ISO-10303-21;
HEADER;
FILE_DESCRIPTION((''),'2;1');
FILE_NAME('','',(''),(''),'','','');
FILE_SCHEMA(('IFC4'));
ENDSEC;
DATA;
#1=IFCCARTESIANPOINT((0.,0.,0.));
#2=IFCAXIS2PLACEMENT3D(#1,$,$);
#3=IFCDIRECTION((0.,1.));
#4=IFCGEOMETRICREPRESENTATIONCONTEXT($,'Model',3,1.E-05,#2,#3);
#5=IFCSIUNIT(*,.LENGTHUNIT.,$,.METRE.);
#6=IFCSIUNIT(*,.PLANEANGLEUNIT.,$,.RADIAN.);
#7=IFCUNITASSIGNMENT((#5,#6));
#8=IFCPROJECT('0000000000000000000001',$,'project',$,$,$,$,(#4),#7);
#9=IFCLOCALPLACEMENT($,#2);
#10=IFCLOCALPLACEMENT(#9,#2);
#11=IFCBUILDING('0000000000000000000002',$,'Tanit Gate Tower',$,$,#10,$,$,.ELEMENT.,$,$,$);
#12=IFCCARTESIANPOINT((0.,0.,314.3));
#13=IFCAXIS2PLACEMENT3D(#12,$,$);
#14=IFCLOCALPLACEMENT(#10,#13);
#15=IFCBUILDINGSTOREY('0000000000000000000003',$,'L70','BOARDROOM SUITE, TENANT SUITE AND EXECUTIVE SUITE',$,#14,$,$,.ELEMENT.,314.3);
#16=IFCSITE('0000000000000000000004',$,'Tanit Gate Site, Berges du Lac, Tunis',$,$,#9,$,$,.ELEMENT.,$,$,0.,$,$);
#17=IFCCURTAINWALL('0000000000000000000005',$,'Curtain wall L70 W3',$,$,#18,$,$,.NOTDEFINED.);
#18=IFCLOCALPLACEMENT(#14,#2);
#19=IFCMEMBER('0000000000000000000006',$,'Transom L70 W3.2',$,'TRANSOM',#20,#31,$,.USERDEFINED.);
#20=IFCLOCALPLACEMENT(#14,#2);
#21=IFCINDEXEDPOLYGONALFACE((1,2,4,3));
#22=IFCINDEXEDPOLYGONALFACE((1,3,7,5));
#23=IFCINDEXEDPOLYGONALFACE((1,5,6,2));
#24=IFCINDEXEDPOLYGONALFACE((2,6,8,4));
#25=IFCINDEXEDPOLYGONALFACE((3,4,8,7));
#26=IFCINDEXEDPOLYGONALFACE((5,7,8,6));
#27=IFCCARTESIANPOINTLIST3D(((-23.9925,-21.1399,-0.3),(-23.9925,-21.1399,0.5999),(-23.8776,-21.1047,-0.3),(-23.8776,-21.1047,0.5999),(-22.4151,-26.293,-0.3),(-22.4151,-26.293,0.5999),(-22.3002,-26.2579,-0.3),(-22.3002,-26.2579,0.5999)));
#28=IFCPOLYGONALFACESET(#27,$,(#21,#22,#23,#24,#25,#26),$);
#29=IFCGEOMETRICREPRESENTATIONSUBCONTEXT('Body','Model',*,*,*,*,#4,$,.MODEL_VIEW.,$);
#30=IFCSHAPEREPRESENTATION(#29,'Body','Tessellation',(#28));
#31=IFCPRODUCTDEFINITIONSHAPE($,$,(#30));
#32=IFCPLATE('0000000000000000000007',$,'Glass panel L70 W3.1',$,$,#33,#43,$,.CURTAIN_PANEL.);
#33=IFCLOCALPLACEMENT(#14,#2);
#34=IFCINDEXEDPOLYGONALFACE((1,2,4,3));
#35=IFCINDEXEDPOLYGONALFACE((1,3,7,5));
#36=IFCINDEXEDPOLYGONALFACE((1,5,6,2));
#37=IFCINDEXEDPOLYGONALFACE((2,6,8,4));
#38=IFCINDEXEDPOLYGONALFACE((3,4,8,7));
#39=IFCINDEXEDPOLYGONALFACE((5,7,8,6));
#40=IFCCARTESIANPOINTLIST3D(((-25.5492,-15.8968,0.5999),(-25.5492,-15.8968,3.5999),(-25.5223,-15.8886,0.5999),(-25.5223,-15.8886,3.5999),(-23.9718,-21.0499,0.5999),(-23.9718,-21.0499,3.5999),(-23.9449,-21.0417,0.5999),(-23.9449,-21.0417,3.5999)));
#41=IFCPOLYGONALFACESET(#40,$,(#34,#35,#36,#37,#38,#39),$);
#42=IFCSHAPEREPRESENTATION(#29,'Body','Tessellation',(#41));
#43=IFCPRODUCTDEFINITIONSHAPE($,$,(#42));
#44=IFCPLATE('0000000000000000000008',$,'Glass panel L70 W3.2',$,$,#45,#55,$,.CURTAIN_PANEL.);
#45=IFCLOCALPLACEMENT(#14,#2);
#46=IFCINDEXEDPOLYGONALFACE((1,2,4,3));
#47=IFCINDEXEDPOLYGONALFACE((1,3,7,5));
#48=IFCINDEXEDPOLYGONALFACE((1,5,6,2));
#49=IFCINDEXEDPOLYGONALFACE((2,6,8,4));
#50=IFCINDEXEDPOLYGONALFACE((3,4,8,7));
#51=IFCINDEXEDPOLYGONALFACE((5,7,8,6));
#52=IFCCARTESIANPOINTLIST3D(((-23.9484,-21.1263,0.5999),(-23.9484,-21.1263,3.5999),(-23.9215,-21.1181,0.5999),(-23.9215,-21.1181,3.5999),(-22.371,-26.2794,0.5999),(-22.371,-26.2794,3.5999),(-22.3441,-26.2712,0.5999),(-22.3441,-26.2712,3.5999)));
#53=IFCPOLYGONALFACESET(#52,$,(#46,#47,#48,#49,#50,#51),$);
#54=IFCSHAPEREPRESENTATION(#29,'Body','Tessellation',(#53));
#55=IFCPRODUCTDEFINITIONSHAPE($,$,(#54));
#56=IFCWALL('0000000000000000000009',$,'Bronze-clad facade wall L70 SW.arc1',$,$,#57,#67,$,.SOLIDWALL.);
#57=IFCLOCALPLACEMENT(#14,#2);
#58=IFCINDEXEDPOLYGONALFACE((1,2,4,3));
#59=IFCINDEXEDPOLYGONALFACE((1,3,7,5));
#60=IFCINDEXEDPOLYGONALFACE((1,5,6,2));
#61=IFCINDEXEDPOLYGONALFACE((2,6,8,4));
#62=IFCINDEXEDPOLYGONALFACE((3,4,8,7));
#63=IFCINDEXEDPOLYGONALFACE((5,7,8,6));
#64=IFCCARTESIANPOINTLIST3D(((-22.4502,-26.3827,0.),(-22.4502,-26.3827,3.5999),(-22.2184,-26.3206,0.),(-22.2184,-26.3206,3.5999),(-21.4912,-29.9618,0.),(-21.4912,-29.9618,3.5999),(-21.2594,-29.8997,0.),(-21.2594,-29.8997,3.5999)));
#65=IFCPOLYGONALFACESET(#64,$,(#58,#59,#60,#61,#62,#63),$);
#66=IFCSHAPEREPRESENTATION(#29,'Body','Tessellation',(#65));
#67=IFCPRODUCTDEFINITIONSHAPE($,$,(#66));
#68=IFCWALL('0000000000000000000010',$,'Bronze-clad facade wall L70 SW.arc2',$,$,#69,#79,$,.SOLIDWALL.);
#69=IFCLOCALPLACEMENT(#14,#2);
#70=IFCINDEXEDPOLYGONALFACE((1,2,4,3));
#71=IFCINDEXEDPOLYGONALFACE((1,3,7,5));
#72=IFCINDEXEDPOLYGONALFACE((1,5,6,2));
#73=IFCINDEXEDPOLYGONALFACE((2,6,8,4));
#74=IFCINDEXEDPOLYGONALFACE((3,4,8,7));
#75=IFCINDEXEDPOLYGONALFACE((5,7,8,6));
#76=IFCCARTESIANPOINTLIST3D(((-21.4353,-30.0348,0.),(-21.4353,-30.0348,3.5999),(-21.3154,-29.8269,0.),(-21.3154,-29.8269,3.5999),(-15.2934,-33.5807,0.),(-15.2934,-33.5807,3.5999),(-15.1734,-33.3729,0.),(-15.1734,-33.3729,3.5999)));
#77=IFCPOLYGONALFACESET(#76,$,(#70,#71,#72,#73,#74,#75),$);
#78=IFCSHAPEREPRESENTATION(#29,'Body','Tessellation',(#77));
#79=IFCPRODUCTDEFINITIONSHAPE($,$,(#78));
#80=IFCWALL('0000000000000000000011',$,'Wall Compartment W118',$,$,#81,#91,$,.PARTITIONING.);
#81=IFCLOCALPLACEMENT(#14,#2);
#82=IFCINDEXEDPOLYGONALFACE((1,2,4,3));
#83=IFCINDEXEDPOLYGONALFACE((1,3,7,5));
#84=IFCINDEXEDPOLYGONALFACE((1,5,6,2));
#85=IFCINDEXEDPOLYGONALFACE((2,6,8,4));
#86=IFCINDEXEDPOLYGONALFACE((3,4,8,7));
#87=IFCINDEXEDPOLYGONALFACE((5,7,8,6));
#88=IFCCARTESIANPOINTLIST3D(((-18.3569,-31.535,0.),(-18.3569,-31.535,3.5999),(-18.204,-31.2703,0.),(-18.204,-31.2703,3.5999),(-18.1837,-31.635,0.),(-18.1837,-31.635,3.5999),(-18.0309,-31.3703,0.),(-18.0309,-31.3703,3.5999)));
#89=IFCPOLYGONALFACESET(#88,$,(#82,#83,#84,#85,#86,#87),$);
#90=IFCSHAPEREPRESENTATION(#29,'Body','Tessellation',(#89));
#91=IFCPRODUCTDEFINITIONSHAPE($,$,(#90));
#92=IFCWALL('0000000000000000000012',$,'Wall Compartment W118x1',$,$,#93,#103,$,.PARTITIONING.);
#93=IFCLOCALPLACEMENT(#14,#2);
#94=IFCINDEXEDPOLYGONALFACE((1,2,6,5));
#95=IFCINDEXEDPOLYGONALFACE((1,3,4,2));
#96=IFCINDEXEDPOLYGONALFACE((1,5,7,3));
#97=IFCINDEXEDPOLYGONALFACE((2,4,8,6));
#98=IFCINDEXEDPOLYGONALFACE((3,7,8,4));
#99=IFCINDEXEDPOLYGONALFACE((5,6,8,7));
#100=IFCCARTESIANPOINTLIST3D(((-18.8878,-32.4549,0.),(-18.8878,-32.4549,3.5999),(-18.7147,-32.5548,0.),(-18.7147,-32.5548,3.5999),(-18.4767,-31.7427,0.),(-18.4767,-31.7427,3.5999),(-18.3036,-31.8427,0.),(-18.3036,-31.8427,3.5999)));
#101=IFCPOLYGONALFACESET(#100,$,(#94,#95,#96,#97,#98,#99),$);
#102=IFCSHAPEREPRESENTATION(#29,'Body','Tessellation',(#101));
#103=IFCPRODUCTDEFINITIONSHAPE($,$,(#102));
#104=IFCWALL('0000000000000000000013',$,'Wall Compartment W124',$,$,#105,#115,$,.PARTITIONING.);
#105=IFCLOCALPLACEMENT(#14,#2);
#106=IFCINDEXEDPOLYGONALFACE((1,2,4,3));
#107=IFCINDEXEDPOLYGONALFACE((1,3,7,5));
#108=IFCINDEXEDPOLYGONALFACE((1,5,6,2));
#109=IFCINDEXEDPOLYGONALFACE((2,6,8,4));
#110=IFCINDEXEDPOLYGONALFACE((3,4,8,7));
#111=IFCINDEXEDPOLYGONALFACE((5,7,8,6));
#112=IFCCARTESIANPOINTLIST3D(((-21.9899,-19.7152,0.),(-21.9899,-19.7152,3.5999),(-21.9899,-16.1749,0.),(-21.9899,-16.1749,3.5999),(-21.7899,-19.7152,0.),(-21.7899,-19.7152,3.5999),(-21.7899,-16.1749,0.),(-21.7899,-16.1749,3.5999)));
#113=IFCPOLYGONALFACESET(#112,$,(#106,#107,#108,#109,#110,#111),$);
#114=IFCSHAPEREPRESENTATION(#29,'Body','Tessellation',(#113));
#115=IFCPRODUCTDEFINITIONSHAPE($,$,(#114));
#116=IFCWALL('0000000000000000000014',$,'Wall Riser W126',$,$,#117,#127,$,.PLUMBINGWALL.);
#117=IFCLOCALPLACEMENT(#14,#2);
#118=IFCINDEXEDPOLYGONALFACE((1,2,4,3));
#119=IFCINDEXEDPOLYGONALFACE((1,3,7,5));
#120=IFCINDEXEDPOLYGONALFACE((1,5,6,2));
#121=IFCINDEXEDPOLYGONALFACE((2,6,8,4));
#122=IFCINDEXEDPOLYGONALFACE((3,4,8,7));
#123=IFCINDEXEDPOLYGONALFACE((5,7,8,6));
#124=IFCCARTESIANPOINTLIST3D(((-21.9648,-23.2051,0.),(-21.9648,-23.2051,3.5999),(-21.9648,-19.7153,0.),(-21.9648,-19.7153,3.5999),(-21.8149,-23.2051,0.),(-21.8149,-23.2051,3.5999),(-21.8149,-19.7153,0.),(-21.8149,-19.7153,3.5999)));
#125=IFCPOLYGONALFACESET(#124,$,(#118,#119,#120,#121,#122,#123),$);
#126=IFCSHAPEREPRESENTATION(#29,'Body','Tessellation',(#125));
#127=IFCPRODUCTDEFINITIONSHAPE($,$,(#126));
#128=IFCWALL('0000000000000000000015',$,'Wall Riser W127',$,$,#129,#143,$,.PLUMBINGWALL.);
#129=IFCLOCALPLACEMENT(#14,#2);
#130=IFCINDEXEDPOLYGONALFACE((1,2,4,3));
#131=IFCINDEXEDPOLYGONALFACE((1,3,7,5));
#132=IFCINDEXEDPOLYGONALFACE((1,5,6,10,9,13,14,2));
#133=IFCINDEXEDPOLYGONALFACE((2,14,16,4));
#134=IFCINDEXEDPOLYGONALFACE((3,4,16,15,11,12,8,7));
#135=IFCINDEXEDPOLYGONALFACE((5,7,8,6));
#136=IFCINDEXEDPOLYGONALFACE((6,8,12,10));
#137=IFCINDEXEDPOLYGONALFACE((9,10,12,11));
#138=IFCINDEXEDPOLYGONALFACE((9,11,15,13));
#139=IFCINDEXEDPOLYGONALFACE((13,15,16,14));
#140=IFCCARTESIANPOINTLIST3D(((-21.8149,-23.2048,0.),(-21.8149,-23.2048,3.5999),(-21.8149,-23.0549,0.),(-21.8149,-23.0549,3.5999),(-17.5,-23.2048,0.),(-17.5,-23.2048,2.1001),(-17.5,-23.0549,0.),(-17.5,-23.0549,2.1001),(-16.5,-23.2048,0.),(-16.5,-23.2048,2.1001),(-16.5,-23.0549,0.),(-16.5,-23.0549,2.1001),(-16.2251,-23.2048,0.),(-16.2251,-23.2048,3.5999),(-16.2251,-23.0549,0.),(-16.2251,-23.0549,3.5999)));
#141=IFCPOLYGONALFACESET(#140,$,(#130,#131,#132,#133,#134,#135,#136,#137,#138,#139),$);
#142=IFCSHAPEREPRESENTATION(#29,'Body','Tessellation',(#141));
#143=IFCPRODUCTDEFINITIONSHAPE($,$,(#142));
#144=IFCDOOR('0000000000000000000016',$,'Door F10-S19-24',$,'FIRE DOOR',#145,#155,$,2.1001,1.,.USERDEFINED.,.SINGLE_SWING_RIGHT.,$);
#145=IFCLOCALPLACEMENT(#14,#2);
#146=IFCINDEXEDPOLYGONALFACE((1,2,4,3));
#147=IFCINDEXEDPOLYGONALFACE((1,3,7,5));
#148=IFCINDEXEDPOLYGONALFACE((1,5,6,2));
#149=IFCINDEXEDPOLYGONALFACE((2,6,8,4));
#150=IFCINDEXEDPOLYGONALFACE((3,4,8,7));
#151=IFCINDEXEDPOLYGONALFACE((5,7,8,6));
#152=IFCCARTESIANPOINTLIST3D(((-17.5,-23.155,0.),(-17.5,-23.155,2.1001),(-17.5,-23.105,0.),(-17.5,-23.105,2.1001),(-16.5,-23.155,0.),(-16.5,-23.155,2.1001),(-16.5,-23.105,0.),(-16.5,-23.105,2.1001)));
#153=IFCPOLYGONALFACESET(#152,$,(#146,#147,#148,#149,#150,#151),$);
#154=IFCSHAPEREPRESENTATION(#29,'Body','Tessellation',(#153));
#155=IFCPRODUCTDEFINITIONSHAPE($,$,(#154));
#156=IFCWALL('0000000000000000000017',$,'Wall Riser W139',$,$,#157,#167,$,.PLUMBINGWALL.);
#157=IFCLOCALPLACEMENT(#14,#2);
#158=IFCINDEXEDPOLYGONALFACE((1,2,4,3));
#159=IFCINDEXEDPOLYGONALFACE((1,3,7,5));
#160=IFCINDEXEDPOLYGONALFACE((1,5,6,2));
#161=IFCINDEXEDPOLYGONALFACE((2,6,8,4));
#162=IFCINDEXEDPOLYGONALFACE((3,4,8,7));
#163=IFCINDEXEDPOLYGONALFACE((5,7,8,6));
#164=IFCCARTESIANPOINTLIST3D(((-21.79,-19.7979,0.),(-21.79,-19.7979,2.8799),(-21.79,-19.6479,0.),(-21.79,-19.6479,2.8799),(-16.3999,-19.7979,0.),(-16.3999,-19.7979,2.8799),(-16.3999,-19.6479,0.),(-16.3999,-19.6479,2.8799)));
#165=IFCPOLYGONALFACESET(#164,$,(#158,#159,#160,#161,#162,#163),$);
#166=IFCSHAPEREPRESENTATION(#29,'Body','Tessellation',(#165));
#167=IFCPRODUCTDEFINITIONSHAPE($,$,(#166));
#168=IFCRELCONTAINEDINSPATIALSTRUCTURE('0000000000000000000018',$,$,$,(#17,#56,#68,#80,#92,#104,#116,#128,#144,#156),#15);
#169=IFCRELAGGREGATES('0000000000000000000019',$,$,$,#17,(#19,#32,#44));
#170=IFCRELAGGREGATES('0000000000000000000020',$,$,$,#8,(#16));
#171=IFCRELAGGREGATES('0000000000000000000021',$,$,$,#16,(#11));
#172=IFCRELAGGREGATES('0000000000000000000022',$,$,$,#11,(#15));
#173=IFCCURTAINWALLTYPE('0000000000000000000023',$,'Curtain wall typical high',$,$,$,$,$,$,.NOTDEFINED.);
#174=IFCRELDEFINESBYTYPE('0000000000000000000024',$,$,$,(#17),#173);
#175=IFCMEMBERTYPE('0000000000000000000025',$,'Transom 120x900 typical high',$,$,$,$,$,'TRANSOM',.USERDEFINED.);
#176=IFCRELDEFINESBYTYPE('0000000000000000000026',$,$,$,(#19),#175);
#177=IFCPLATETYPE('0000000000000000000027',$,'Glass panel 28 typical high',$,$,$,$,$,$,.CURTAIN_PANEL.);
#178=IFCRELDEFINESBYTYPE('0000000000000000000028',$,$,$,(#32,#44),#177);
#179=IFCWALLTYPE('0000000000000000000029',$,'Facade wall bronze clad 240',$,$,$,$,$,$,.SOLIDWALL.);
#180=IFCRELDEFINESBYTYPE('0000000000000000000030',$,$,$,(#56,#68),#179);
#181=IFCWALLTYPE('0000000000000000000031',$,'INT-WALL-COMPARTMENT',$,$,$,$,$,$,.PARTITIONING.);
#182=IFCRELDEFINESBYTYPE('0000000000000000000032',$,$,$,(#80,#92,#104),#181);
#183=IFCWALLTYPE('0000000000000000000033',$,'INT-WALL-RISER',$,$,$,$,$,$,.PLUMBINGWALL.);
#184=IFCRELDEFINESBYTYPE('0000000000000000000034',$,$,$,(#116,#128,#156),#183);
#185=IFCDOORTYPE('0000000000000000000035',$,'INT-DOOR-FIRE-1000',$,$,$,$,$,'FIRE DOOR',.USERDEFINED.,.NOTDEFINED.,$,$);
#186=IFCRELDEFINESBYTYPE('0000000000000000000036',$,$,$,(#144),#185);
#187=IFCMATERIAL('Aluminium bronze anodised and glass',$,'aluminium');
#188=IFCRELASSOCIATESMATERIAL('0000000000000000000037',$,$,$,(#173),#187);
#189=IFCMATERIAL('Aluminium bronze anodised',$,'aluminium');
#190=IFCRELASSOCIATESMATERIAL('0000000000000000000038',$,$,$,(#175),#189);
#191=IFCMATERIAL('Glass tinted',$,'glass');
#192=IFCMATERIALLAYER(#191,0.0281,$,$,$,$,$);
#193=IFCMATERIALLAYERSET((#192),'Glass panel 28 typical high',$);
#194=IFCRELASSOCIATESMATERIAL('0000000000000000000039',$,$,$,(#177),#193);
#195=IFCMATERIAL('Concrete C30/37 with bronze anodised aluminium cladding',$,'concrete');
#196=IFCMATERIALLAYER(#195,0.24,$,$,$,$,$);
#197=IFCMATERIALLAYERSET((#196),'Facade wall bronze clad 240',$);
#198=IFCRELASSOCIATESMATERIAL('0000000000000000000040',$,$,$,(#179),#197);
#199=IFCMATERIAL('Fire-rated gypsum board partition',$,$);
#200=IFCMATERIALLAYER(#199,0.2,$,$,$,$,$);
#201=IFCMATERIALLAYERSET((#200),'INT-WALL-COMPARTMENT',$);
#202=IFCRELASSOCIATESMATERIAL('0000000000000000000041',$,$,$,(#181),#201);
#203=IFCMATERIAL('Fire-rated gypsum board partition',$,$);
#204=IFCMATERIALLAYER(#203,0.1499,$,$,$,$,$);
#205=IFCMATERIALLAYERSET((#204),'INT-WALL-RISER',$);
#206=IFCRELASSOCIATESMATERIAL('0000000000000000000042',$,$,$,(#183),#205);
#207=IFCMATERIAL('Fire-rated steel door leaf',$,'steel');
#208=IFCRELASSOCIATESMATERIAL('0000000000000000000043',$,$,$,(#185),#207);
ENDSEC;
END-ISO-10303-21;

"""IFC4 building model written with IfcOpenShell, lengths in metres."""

from ifc_helpers import new_model, si_unit, direction, frame, frame_2d, origin, origin_2d, place, context, subcontext, project, spatial, rectangle, extrude, material, layer, layer_set, material_profile, profile_set, type_object, element, fill, aggregate, save


model = new_model("IFC4")

# Units and contexts
model_context = context("Model", 3, precision=1e-05, world=origin(), true_north=direction((0.0, 1.0)))
body_context = subcontext(model_context, "Body", "Model", "MODEL_VIEW")
ifc_project = project(units=[si_unit("LENGTHUNIT", "METRE"), si_unit("PLANEANGLEUNIT", "RADIAN")], contexts=[model_context])

# Site, building, storey
site_placement = place(None, origin())
site = spatial("IfcSite", under=ifc_project, at=site_placement, Name="Tanit Gate Site, Berges du Lac, Tunis", CompositionType="ELEMENT", RefElevation=0.0)
building_placement = place(site_placement, origin())
building = spatial("IfcBuilding", under=site, at=building_placement, Name="Tanit Gate Tower", CompositionType="ELEMENT")
storey_placement = place(building_placement, frame((0.0, 0.0, 314.3)))
storey = spatial("IfcBuildingStorey", under=building, at=storey_placement, Name="L70", Description="BOARDROOM SUITE, TENANT SUITE AND EXECUTIVE SUITE", CompositionType="ELEMENT", Elevation=314.3)

# Curtain wall
ifc_material_1 = material(Name="Aluminium bronze anodised and glass", Category="aluminium")
curtain_wall_type = type_object("IfcCurtainWallType", Name="Curtain wall typical high", PredefinedType="NOTDEFINED", material=ifc_material_1)
curtain_wall_placement = place(storey_placement, origin())
curtain_wall = element("IfcCurtainWall", 1, at=curtain_wall_placement, inside=storey, type_object=curtain_wall_type, Name="Curtain wall L70 W3", PredefinedType="NOTDEFINED")

# Member
ifc_material_2 = material(Name="Aluminium bronze anodised", Category="aluminium")
ifc_material_profile_1 = material_profile(ifc_material_2, rectangle(XDim=0.1201, YDim=0.8999, at=origin_2d()), Name="120x900 bronze transom")
ifc_profile_set_1 = profile_set([ifc_material_profile_1], Name="Aluminium bronze anodised")
member_type_1 = type_object("IfcMemberType", Name="Transom 120x900 typical high", ElementType="TRANSOM", PredefinedType="USERDEFINED", material=ifc_profile_set_1)
member_1_placement = place(storey_placement, frame((-23.9351, -21.1223, 0.1499), z_axis=(0.292701, -0.956204, 0.0), x_axis=(0.956204, 0.292701, 0.0)))
member_1 = element("IfcMember", 2, at=member_1_placement, type_object=member_type_1, Name="Transom L70 W3.2", ObjectType="TRANSOM", PredefinedType="USERDEFINED", context=body_context, shape_type="SweptSolid", body=[
    extrude(rectangle(XDim=0.1201, YDim=0.8999, at=origin_2d()), origin(), (0.0, 0.0, 1.0), 5.3892),
])

# Plates
ifc_material_3 = material(Name="Glass tinted", Category="glass")
ifc_layer_1 = layer(ifc_material_3, 0.0281)
ifc_layer_set_1 = layer_set([ifc_layer_1], Name="Glass panel 28 typical high")
plate_type = type_object("IfcPlateType", Name="Glass panel 28 typical high", PredefinedType="CURTAIN_PANEL", material=ifc_layer_set_1)
plate_1_placement = place(storey_placement, frame((-24.7471, -18.4692, 0.5999), z_axis=(0.0, 0.0, 1.0), x_axis=(0.292699, -0.956205, 0.0)))
plate_1 = element("IfcPlate", 3, at=plate_1_placement, type_object=plate_type, Name="Glass panel L70 W3.1", PredefinedType="CURTAIN_PANEL", context=body_context, shape_type="SweptSolid", body=[
    extrude(rectangle(XDim=5.3892, YDim=0.0281, at=origin_2d()), origin(), (0.0, 0.0, 1.0), 3.0),
])
plate_2_placement = place(storey_placement, frame((-23.1462, -23.6987, 0.5999), z_axis=(0.0, 0.0, 1.0), x_axis=(0.292699, -0.956205, 0.0)))
plate_2 = element("IfcPlate", 4, at=plate_2_placement, type_object=plate_type, Name="Glass panel L70 W3.2", PredefinedType="CURTAIN_PANEL", context=body_context, shape_type="SweptSolid", body=[
    extrude(rectangle(XDim=5.3892, YDim=0.0281, at=origin_2d()), origin(), (0.0, 0.0, 1.0), 3.0),
])
aggregate(curtain_wall, [member_1, plate_1, plate_2])

# Walls
ifc_material_4 = material(Name="Concrete C30/37 with bronze anodised aluminium cladding", Category="concrete")
ifc_layer_2 = layer(ifc_material_4, 0.24)
ifc_layer_set_2 = layer_set([ifc_layer_2], Name="Facade wall bronze clad 240")
wall_type_1 = type_object("IfcWallType", Name="Facade wall bronze clad 240", PredefinedType="SOLIDWALL", material=ifc_layer_set_2)
wall_1_placement = place(storey_placement, frame((-22.3342, -26.3518, 0.0), z_axis=(0.0, 0.0, 1.0), x_axis=(0.258811, -0.965928, 0.0)))
element("IfcWall", 5, at=wall_1_placement, inside=storey, type_object=wall_type_1, Name="Bronze-clad facade wall L70 SW.arc1", PredefinedType="SOLIDWALL", context=body_context, shape_type="SweptSolid", body=[
    extrude(rectangle(XDim=3.7053, YDim=0.24, at=frame_2d((1.8525, 0.0))), origin(), (0.0, 0.0, 1.0), 3.5999),
])
wall_2_placement = place(storey_placement, frame((-21.3752, -29.9309, 0.0), z_axis=(0.0, 0.0, 1.0), x_axis=(0.866031, -0.49999, 0.0)))
element("IfcWall", 6, at=wall_2_placement, inside=storey, type_object=wall_type_1, Name="Bronze-clad facade wall L70 SW.arc2", PredefinedType="SOLIDWALL", context=body_context, shape_type="SweptSolid", body=[
    extrude(rectangle(XDim=7.092, YDim=0.24, at=frame_2d((3.5459, 0.0))), origin(), (0.0, 0.0, 1.0), 3.5999),
])
ifc_material_5 = material(Name="Fire-rated gypsum board partition")
ifc_layer_3 = layer(ifc_material_5, 0.2)
ifc_layer_set_3 = layer_set([ifc_layer_3], Name="INT-WALL-COMPARTMENT")
wall_type_2 = type_object("IfcWallType", Name="INT-WALL-COMPARTMENT", PredefinedType="PARTITIONING", material=ifc_layer_set_3)
wall_3_placement = place(storey_placement, frame((-18.1174, -31.3203, 0.0), z_axis=(0.0, 0.0, 1.0), x_axis=(-0.500091, -0.865973, 0.0)))
element("IfcWall", 7, at=wall_3_placement, inside=storey, type_object=wall_type_2, Name="Wall Compartment W118", PredefinedType="PARTITIONING", context=body_context, shape_type="SweptSolid", body=[
    extrude(rectangle(XDim=0.3057, YDim=0.2, at=frame_2d((0.1528, 0.0))), origin(), (0.0, 0.0, 1.0), 3.5999),
])
wall_4_placement = place(storey_placement, frame((-18.3901, -31.7927, 0.0), z_axis=(0.0, 0.0, 1.0), x_axis=(-0.499971, -0.866042, 0.0)))
element("IfcWall", 8, at=wall_4_placement, inside=storey, type_object=wall_type_2, Name="Wall Compartment W118x1", PredefinedType="PARTITIONING", context=body_context, shape_type="SweptSolid", body=[
    extrude(rectangle(XDim=0.8223, YDim=0.2, at=frame_2d((0.4111, 0.0))), origin(), (0.0, 0.0, 1.0), 3.5999),
])
wall_5_placement = place(storey_placement, frame((-21.8899, -16.175, 0.0), z_axis=(0.0, 0.0, 1.0), x_axis=(0.0, -1.0, 0.0)))
element("IfcWall", 9, at=wall_5_placement, inside=storey, type_object=wall_type_2, Name="Wall Compartment W124", PredefinedType="PARTITIONING", context=body_context, shape_type="SweptSolid", body=[
    extrude(rectangle(XDim=3.5403, YDim=0.2, at=frame_2d((1.77, 0.0))), origin(), (0.0, 0.0, 1.0), 3.5999),
])
ifc_material_6 = material(Name="Fire-rated gypsum board partition")
ifc_layer_4 = layer(ifc_material_6, 0.1499)
ifc_layer_set_4 = layer_set([ifc_layer_4], Name="INT-WALL-RISER")
wall_type_3 = type_object("IfcWallType", Name="INT-WALL-RISER", PredefinedType="PLUMBINGWALL", material=ifc_layer_set_4)
wall_6_placement = place(storey_placement, frame((-21.8899, -19.7153, 0.0), z_axis=(0.0, 0.0, 1.0), x_axis=(0.0, -1.0, 0.0)))
element("IfcWall", 10, at=wall_6_placement, inside=storey, type_object=wall_type_3, Name="Wall Riser W126", PredefinedType="PLUMBINGWALL", context=body_context, shape_type="SweptSolid", body=[
    extrude(rectangle(XDim=3.4897, YDim=0.1499, at=frame_2d((1.7449, 0.0))), origin(), (0.0, 0.0, 1.0), 3.5999),
])

# Wall, opening, door
wall_7_placement = place(storey_placement, frame((-21.8149, -23.1299, 0.0), z_axis=(0.0, 0.0, 1.0), x_axis=(1.0, 0.0, 0.0)))
wall_7 = element("IfcWall", 11, at=wall_7_placement, inside=storey, type_object=wall_type_3, Name="Wall Riser W127", PredefinedType="PLUMBINGWALL", context=body_context, shape_type="SweptSolid", body=[
    extrude(rectangle(XDim=5.5898, YDim=0.1499, at=frame_2d((2.7949, 0.0))), origin(), (0.0, 0.0, 1.0), 3.5999),
])
opening_placement = place(wall_7_placement, frame((4.3149, 0.0, 0.0)))
opening = element("IfcOpeningElement", 12, at=opening_placement, cuts=wall_7, PredefinedType="OPENING", context=body_context, shape_type="SweptSolid", body=[
    extrude(rectangle(XDim=1.0, YDim=2.1001, at=frame_2d((0.5, 1.05))), frame((0.0, 0.085, 0.0), z_axis=(0.0, -1.0, 0.0), x_axis=(1.0, 0.0, 0.0)), (0.0, 0.0, 1.0), 0.1699),
])
ifc_material_7 = material(Name="Fire-rated steel door leaf", Category="steel")
door_type = type_object("IfcDoorType", Name="INT-DOOR-FIRE-1000", ElementType="FIRE DOOR", OperationType="NOTDEFINED", PredefinedType="USERDEFINED", material=ifc_material_7)
door_placement = place(opening_placement, origin())
door = element("IfcDoor", 13, at=door_placement, inside=storey, type_object=door_type, Name="Door F10-S19-24", ObjectType="FIRE DOOR", OperationType="SINGLE_SWING_RIGHT", OverallHeight=2.1001, OverallWidth=1.0, PredefinedType="USERDEFINED", context=body_context, shape_type="SweptSolid", body=[
    extrude(rectangle(XDim=1.0, YDim=2.1001, at=frame_2d((0.5, 1.05))), frame((0.0, 0.0249, 0.0), z_axis=(0.0, -1.0, 0.0), x_axis=(1.0, 0.0, 0.0)), (0.0, 0.0, 1.0), 0.05),
])
fill(opening, door)

# Wall
wall_8_placement = place(storey_placement, frame((-21.79, -19.7229, 0.0), z_axis=(0.0, 0.0, 1.0), x_axis=(1.0, 0.0, 0.0)))
element("IfcWall", 14, at=wall_8_placement, inside=storey, type_object=wall_type_3, Name="Wall Riser W139", PredefinedType="PLUMBINGWALL", context=body_context, shape_type="SweptSolid", body=[
    extrude(rectangle(XDim=5.3901, YDim=0.1499, at=frame_2d((2.6951, 0.0))), origin(), (0.0, 0.0, 1.0), 2.8799),
])

save(model, "model.ifc")
